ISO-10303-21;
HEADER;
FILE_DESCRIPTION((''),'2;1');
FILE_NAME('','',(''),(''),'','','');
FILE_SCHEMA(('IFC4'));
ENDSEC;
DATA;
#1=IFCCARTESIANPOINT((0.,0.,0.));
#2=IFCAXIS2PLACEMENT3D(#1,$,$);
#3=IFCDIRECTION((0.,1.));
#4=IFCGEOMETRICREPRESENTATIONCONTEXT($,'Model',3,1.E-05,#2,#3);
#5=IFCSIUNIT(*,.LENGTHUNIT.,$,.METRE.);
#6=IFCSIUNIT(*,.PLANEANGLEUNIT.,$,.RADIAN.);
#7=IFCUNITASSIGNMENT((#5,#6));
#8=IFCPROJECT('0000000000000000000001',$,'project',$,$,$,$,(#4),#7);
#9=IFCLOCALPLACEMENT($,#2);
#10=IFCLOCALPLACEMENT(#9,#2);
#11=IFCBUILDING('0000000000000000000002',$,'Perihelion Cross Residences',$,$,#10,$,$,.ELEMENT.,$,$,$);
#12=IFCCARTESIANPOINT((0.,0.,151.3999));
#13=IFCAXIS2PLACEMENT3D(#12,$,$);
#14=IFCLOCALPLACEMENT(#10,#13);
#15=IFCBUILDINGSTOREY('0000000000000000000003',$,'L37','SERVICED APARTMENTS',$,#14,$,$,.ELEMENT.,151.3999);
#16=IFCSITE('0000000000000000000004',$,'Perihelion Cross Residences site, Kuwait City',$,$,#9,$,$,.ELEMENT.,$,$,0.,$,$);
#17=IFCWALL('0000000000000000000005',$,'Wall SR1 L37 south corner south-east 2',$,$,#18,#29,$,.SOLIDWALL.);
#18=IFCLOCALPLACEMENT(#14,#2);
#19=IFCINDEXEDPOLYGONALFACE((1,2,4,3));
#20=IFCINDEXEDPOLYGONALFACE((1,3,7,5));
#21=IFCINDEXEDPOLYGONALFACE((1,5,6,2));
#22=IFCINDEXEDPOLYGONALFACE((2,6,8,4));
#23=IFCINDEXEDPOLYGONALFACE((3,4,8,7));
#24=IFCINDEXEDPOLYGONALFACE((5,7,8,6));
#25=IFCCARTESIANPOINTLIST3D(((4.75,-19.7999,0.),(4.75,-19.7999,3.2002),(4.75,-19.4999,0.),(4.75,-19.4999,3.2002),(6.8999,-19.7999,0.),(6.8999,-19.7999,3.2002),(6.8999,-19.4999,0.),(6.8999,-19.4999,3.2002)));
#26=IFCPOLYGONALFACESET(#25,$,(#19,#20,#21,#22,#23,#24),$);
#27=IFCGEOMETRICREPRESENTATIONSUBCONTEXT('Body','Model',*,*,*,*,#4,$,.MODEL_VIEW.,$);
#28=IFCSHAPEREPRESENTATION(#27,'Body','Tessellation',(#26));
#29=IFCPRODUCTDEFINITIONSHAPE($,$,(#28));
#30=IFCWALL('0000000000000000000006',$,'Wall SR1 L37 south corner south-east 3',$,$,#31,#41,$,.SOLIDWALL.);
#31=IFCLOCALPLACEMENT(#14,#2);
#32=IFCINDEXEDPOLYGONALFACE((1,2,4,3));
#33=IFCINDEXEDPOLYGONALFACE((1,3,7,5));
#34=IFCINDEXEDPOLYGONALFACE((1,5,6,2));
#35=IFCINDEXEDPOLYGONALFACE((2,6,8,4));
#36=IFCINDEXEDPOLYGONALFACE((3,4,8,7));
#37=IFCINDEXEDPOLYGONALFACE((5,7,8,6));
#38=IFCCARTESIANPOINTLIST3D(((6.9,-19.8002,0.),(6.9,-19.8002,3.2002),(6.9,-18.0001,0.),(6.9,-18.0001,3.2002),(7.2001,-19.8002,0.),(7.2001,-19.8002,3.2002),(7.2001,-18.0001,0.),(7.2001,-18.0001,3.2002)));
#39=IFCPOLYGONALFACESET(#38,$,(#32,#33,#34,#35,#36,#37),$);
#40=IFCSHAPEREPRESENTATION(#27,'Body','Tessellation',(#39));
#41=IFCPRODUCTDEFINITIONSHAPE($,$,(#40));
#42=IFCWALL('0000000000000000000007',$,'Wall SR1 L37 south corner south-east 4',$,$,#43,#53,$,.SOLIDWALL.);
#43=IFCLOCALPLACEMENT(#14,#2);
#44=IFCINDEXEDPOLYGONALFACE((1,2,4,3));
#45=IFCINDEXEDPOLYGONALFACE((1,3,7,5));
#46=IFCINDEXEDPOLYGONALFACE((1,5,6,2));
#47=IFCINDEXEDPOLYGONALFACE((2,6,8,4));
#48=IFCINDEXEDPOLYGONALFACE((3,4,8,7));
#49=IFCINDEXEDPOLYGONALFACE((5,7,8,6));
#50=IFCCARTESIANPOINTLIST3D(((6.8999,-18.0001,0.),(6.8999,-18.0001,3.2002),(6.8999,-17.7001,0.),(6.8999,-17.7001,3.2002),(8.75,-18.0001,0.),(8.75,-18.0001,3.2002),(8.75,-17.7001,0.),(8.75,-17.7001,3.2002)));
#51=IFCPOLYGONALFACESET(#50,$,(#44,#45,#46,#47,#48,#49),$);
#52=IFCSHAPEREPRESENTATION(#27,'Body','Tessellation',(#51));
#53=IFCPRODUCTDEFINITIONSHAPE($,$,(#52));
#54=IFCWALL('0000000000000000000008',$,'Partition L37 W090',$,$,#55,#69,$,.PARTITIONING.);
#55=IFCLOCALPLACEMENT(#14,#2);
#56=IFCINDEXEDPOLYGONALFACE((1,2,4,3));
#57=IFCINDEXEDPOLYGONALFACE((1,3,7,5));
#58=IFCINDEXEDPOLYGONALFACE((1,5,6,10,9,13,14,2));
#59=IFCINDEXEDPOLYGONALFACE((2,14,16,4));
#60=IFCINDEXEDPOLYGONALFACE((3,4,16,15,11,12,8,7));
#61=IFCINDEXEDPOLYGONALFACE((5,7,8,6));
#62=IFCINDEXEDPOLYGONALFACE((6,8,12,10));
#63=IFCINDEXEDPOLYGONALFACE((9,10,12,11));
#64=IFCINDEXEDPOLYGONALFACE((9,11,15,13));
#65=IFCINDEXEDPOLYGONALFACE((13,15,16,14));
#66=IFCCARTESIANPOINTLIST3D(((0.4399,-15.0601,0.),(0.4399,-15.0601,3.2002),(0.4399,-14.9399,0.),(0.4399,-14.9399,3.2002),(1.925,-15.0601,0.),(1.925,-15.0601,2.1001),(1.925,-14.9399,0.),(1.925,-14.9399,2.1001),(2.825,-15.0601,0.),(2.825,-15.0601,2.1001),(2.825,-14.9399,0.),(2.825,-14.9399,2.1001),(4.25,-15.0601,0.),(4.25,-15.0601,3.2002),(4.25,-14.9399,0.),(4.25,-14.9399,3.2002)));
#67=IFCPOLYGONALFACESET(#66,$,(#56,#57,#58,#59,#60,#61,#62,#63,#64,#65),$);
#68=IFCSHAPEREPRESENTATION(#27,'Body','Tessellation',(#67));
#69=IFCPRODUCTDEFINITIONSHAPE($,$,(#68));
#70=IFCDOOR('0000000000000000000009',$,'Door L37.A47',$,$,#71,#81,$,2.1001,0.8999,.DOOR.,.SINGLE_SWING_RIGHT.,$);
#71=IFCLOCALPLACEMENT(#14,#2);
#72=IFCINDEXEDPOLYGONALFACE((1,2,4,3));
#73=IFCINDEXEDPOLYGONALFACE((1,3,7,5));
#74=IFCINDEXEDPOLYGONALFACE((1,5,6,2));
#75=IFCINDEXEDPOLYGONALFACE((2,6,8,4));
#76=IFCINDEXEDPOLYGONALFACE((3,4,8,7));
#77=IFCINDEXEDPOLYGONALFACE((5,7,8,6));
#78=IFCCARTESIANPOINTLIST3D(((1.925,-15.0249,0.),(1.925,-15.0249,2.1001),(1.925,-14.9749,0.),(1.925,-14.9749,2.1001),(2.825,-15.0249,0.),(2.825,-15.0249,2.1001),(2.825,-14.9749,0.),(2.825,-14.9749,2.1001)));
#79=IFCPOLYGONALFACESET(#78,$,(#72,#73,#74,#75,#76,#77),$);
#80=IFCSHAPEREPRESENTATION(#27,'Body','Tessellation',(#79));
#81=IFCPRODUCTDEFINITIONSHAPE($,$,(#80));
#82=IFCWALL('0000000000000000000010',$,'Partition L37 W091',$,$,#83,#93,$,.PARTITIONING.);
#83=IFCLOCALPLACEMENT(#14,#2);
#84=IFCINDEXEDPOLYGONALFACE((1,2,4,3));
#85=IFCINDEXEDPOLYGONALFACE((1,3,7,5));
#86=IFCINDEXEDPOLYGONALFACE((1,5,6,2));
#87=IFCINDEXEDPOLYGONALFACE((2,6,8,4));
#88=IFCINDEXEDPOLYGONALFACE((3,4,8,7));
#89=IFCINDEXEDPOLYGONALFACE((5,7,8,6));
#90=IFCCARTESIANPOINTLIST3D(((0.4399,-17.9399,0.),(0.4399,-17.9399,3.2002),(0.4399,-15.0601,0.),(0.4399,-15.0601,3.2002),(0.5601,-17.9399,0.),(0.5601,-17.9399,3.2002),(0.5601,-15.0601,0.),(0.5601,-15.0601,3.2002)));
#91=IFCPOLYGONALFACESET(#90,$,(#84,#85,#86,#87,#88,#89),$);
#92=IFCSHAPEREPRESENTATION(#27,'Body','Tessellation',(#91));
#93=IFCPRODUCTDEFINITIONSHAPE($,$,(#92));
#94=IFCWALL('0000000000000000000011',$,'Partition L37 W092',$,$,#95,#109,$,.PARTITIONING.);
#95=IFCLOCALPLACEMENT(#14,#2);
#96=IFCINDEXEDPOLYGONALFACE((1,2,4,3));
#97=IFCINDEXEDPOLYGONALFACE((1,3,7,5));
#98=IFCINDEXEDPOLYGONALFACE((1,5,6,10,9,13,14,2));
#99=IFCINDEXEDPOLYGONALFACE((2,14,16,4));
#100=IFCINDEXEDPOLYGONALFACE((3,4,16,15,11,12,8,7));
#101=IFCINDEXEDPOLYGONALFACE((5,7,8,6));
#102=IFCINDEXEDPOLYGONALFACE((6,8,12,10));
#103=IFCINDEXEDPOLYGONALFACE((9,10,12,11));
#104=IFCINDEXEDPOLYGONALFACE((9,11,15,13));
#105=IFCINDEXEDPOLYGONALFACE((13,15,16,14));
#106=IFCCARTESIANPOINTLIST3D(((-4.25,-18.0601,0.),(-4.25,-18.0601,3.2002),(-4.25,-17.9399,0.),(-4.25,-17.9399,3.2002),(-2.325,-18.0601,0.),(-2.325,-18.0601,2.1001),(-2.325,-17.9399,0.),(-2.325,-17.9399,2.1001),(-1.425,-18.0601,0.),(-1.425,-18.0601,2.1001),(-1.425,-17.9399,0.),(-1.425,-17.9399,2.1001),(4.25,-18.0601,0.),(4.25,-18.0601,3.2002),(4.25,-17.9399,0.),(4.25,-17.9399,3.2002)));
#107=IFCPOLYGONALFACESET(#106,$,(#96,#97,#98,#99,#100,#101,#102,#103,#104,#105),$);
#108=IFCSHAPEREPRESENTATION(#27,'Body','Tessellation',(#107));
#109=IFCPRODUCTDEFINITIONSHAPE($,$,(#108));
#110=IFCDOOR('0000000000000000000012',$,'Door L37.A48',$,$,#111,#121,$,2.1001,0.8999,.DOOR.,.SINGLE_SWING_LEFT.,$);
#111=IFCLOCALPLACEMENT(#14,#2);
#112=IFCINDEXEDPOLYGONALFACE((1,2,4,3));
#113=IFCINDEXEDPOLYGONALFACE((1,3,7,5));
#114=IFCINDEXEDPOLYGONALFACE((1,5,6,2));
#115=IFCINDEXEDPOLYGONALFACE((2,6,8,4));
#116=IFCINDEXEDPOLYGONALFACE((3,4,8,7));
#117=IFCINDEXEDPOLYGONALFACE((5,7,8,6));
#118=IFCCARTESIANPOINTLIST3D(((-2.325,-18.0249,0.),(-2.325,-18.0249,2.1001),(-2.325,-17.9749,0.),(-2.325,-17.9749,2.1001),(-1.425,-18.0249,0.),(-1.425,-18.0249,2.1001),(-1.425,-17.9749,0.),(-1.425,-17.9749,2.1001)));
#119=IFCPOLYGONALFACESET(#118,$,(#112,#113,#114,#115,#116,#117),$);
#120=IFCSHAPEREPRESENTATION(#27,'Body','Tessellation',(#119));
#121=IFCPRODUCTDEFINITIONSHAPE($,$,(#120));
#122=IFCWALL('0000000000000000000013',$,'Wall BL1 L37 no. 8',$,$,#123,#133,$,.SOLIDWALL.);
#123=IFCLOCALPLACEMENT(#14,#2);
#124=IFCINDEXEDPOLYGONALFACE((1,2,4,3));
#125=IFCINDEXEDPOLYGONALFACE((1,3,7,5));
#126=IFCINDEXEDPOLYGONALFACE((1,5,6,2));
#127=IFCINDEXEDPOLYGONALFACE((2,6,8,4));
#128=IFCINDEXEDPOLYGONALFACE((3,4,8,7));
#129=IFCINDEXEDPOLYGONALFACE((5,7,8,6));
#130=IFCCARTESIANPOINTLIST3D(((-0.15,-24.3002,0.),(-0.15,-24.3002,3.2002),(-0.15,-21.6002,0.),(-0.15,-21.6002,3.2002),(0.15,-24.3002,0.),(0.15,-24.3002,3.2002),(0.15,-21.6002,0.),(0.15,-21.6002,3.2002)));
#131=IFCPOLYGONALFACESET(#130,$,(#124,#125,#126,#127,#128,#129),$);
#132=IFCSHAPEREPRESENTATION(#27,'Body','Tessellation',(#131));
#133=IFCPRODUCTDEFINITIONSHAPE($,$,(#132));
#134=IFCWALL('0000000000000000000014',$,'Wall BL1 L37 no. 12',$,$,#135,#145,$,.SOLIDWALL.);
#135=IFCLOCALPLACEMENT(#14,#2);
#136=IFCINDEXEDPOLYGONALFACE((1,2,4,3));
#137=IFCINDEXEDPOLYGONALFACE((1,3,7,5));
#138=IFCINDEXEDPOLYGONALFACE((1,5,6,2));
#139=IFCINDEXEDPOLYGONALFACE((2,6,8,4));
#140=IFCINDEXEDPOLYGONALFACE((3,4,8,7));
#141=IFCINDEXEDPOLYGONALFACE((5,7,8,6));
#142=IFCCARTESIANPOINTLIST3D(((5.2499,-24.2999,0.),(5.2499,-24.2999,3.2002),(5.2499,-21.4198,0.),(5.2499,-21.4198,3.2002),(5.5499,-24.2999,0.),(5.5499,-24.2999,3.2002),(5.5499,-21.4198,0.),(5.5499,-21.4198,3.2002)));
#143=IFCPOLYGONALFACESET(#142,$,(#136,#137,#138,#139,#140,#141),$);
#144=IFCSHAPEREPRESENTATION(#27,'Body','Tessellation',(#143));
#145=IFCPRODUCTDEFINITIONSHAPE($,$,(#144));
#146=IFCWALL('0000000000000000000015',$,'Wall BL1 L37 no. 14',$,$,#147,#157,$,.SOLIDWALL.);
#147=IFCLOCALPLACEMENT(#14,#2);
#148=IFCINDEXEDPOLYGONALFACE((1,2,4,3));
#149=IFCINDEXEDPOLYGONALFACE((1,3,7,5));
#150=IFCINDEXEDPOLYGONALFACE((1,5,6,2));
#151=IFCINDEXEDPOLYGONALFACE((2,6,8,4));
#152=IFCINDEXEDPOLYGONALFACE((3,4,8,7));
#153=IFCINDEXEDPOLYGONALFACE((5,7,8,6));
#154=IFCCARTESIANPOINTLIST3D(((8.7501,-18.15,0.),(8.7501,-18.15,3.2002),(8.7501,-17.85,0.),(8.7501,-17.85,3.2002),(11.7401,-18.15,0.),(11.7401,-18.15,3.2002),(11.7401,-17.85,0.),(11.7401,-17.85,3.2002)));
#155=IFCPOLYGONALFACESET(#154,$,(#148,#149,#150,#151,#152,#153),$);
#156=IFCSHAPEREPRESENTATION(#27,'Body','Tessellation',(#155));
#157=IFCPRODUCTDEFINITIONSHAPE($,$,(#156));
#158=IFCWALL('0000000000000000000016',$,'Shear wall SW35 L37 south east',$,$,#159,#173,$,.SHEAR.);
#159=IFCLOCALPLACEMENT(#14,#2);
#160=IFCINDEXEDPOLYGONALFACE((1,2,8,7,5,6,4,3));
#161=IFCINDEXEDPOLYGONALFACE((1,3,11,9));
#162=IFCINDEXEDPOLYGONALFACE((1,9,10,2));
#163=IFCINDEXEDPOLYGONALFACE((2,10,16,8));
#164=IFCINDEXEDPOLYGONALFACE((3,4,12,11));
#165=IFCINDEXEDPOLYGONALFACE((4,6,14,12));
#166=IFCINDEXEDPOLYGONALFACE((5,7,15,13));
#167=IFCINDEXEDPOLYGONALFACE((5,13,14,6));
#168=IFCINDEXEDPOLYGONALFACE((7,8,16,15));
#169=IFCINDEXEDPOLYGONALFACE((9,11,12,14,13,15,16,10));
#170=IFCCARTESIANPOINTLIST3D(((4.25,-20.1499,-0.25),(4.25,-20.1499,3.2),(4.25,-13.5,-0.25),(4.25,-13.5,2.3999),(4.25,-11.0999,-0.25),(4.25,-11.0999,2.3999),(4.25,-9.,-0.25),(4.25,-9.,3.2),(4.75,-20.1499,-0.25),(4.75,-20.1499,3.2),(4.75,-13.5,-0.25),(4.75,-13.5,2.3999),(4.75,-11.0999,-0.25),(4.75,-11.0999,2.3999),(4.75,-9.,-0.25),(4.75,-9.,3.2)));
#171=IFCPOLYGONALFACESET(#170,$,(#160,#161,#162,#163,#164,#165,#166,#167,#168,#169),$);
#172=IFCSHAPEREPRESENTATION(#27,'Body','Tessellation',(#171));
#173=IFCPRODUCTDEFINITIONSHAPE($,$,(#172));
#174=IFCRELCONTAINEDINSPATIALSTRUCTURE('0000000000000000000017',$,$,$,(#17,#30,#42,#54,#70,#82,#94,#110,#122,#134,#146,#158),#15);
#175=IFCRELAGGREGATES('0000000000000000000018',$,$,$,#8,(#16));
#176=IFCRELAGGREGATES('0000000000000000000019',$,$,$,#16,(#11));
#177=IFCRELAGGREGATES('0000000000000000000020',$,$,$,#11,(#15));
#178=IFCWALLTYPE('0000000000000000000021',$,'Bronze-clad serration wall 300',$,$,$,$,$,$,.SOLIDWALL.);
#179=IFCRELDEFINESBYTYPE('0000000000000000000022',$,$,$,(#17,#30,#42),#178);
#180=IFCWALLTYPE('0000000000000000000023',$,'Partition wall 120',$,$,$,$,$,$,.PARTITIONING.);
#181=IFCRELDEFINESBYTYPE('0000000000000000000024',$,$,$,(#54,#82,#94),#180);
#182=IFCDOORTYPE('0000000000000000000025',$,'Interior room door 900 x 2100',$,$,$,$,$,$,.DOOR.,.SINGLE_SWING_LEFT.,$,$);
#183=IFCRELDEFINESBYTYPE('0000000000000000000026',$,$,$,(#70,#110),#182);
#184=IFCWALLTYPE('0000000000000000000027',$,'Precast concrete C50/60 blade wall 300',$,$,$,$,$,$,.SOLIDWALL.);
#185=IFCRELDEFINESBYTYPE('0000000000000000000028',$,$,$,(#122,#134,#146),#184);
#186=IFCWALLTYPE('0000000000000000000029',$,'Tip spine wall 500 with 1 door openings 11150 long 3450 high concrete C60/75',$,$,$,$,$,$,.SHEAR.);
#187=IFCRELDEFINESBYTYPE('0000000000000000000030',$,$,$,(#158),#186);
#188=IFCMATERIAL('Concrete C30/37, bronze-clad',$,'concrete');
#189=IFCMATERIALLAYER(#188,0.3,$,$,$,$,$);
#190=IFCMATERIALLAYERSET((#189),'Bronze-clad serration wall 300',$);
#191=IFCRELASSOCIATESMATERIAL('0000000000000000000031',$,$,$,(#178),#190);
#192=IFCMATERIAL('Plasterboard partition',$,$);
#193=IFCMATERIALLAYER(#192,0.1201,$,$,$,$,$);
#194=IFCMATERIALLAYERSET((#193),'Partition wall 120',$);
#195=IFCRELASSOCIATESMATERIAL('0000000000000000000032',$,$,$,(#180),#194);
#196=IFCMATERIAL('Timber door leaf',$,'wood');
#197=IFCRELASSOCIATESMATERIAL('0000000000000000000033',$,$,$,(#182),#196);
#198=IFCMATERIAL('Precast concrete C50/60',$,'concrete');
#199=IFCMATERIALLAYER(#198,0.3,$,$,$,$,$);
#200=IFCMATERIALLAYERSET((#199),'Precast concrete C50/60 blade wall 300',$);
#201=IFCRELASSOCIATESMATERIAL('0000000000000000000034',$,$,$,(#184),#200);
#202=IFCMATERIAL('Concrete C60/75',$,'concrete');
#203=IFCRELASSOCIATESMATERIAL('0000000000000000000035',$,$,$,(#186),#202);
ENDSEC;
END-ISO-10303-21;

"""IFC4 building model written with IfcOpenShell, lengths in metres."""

from ifc_helpers import new_model, si_unit, direction, frame, frame_2d, origin, place, context, subcontext, project, spatial, polyline, rectangle, outline, extrude, material, layer, layer_set, material_profile, profile_set, type_object, element, fill, save


model = new_model("IFC4")

# Units and contexts
model_context = context("Model", 3, precision=1e-05, world=origin(), true_north=direction((0.0, 1.0)))
body_context = subcontext(model_context, "Body", "Model", "MODEL_VIEW")
ifc_project = project(units=[si_unit("LENGTHUNIT", "METRE"), si_unit("PLANEANGLEUNIT", "RADIAN")], contexts=[model_context])

# Site, building, storey
site_placement = place(None, origin())
site = spatial("IfcSite", under=ifc_project, at=site_placement, Name="Perihelion Cross Residences site, Kuwait City", CompositionType="ELEMENT", RefElevation=0.0)
building_placement = place(site_placement, origin())
building = spatial("IfcBuilding", under=site, at=building_placement, Name="Perihelion Cross Residences", CompositionType="ELEMENT")
storey_placement = place(building_placement, frame((0.0, 0.0, 151.3999)))
storey = spatial("IfcBuildingStorey", under=building, at=storey_placement, Name="L37", Description="SERVICED APARTMENTS", CompositionType="ELEMENT", Elevation=151.3999)

# Walls
ifc_material_1 = material(Name="Concrete C30/37, bronze-clad", Category="concrete")
ifc_layer_1 = layer(ifc_material_1, 0.3)
ifc_layer_set_1 = layer_set([ifc_layer_1], Name="Bronze-clad serration wall 300")
wall_type_1 = type_object("IfcWallType", Name="Bronze-clad serration wall 300", PredefinedType="SOLIDWALL", material=ifc_layer_set_1)
wall_1_placement = place(storey_placement, frame((4.75, -19.6499, 0.0), z_axis=(0.0, 0.0, 1.0), x_axis=(1.0, 0.0, 0.0)))
element("IfcWall", 1, at=wall_1_placement, inside=storey, type_object=wall_type_1, Name="Wall SR1 L37 south corner south-east 2", PredefinedType="SOLIDWALL", context=body_context, shape_type="SweptSolid", body=[
    extrude(rectangle(XDim=2.1499, YDim=0.3, at=frame_2d((1.075, 0.0))), origin(), (0.0, 0.0, 1.0), 3.2002),
])
wall_2_placement = place(storey_placement, frame((7.05, -19.8, 0.0), z_axis=(0.0, 0.0, 1.0), x_axis=(0.0, 1.0, 0.0)))
element("IfcWall", 2, at=wall_2_placement, inside=storey, type_object=wall_type_1, Name="Wall SR1 L37 south corner south-east 3", PredefinedType="SOLIDWALL", context=body_context, shape_type="SweptSolid", body=[
    extrude(rectangle(XDim=1.8, YDim=0.3, at=frame_2d((0.8999, 0.0))), origin(), (0.0, 0.0, 1.0), 3.2002),
])
wall_3_placement = place(storey_placement, frame((6.8999, -17.8501, 0.0), z_axis=(0.0, 0.0, 1.0), x_axis=(1.0, 0.0, 0.0)))
element("IfcWall", 3, at=wall_3_placement, inside=storey, type_object=wall_type_1, Name="Wall SR1 L37 south corner south-east 4", PredefinedType="SOLIDWALL", context=body_context, shape_type="SweptSolid", body=[
    extrude(rectangle(XDim=1.8501, YDim=0.3, at=frame_2d((0.925, 0.0))), origin(), (0.0, 0.0, 1.0), 3.2002),
])

# Wall, opening, door
ifc_material_2 = material(Name="Plasterboard partition")
ifc_layer_2 = layer(ifc_material_2, 0.1201)
ifc_layer_set_2 = layer_set([ifc_layer_2], Name="Partition wall 120")
wall_type_2 = type_object("IfcWallType", Name="Partition wall 120", PredefinedType="PARTITIONING", material=ifc_layer_set_2)
wall_4_placement = place(storey_placement, frame((4.25, -15.0, 0.0), z_axis=(0.0, 0.0, 1.0), x_axis=(-1.0, 0.0, 0.0)))
wall_4 = element("IfcWall", 4, at=wall_4_placement, inside=storey, type_object=wall_type_2, Name="Partition L37 W090", PredefinedType="PARTITIONING", context=body_context, shape_type="SweptSolid", body=[
    extrude(rectangle(XDim=3.8101, YDim=0.1201, at=frame_2d((1.905, 0.0))), origin(), (0.0, 0.0, 1.0), 3.2002),
])
opening_1_placement = place(wall_4_placement, frame((1.425, 0.0, 0.0)))
opening_1 = element("IfcOpeningElement", 5, at=opening_1_placement, cuts=wall_4, PredefinedType="OPENING", context=body_context, shape_type="SweptSolid", body=[
    extrude(rectangle(XDim=0.8999, YDim=2.1001, at=frame_2d((0.45, 1.05))), frame((0.0, 0.0701, 0.0), z_axis=(0.0, -1.0, 0.0), x_axis=(1.0, 0.0, 0.0)), (0.0, 0.0, 1.0), 0.1401),
])
ifc_material_3 = material(Name="Timber door leaf", Category="wood")
door_type_1 = type_object("IfcDoorType", Name="Interior room door 900 x 2100", OperationType="SINGLE_SWING_LEFT", PredefinedType="DOOR", material=ifc_material_3)
door_1_placement = place(opening_1_placement, origin())
door_1 = element("IfcDoor", 6, at=door_1_placement, inside=storey, type_object=door_type_1, Name="Door L37.A47", OperationType="SINGLE_SWING_RIGHT", OverallHeight=2.1001, OverallWidth=0.8999, PredefinedType="DOOR", context=body_context, shape_type="SweptSolid", body=[
    extrude(rectangle(XDim=0.8999, YDim=2.1001, at=frame_2d((0.45, 1.05))), frame((0.0, 0.0249, 0.0), z_axis=(0.0, -1.0, 0.0), x_axis=(1.0, 0.0, 0.0)), (0.0, 0.0, 1.0), 0.05),
])
fill(opening_1, door_1)

# Wall
wall_5_placement = place(storey_placement, frame((0.5, -15.0601, 0.0), z_axis=(0.0, 0.0, 1.0), x_axis=(0.0, -1.0, 0.0)))
element("IfcWall", 7, at=wall_5_placement, inside=storey, type_object=wall_type_2, Name="Partition L37 W091", PredefinedType="PARTITIONING", context=body_context, shape_type="SweptSolid", body=[
    extrude(rectangle(XDim=2.8799, YDim=0.1201, at=frame_2d((1.4399, 0.0))), origin(), (0.0, 0.0, 1.0), 3.2002),
])

# Wall, opening, door
wall_6_placement = place(storey_placement, frame((4.25, -18.0, 0.0), z_axis=(0.0, 0.0, 1.0), x_axis=(-1.0, 0.0, 0.0)))
wall_6 = element("IfcWall", 8, at=wall_6_placement, inside=storey, type_object=wall_type_2, Name="Partition L37 W092", PredefinedType="PARTITIONING", context=body_context, shape_type="SweptSolid", body=[
    extrude(rectangle(XDim=8.5, YDim=0.1201, at=frame_2d((4.25, 0.0))), origin(), (0.0, 0.0, 1.0), 3.2002),
])
opening_2_placement = place(wall_6_placement, frame((5.675, 0.0, 0.0)))
opening_2 = element("IfcOpeningElement", 9, at=opening_2_placement, cuts=wall_6, PredefinedType="OPENING", context=body_context, shape_type="SweptSolid", body=[
    extrude(rectangle(XDim=0.8999, YDim=2.1001, at=frame_2d((0.45, 1.05))), frame((0.0, 0.0701, 0.0), z_axis=(0.0, -1.0, 0.0), x_axis=(1.0, 0.0, 0.0)), (0.0, 0.0, 1.0), 0.1401),
])
door_2_placement = place(opening_2_placement, origin())
door_2 = element("IfcDoor", 10, at=door_2_placement, inside=storey, type_object=door_type_1, Name="Door L37.A48", OperationType="SINGLE_SWING_LEFT", OverallHeight=2.1001, OverallWidth=0.8999, PredefinedType="DOOR", context=body_context, shape_type="SweptSolid", body=[
    extrude(rectangle(XDim=0.8999, YDim=2.1001, at=frame_2d((0.45, 1.05))), frame((0.0, 0.0249, 0.0), z_axis=(0.0, -1.0, 0.0), x_axis=(1.0, 0.0, 0.0)), (0.0, 0.0, 1.0), 0.05),
])
fill(opening_2, door_2)

# Walls
ifc_material_4 = material(Name="Precast concrete C50/60", Category="concrete")
ifc_layer_3 = layer(ifc_material_4, 0.3)
ifc_layer_set_3 = layer_set([ifc_layer_3], Name="Precast concrete C50/60 blade wall 300")
wall_type_3 = type_object("IfcWallType", Name="Precast concrete C50/60 blade wall 300", PredefinedType="SOLIDWALL", material=ifc_layer_set_3)
wall_7_placement = place(storey_placement, frame((0.0, -21.6001, 0.0), z_axis=(0.0, 0.0, 1.0), x_axis=(0.0, -1.0, 0.0)))
element("IfcWall", 11, at=wall_7_placement, inside=storey, type_object=wall_type_3, Name="Wall BL1 L37 no. 8", PredefinedType="SOLIDWALL", context=body_context, shape_type="SweptSolid", body=[
    extrude(rectangle(XDim=2.7, YDim=0.3, at=frame_2d((1.3501, 0.0))), origin(), (0.0, 0.0, 1.0), 3.2002),
])
wall_8_placement = place(storey_placement, frame((5.3999, -21.4199, 0.0), z_axis=(0.0, 0.0, 1.0), x_axis=(0.0, -1.0, 0.0)))
element("IfcWall", 12, at=wall_8_placement, inside=storey, type_object=wall_type_3, Name="Wall BL1 L37 no. 12", PredefinedType="SOLIDWALL", context=body_context, shape_type="SweptSolid", body=[
    extrude(rectangle(XDim=2.8801, YDim=0.3, at=frame_2d((1.4399, 0.0))), origin(), (0.0, 0.0, 1.0), 3.2002),
])
wall_9_placement = place(storey_placement, frame((8.75, -18.0, 0.0), z_axis=(0.0, 0.0, 1.0), x_axis=(1.0, 0.0, 0.0)))
element("IfcWall", 13, at=wall_9_placement, inside=storey, type_object=wall_type_3, Name="Wall BL1 L37 no. 14", PredefinedType="SOLIDWALL", context=body_context, shape_type="SweptSolid", body=[
    extrude(rectangle(XDim=2.99, YDim=0.3, at=frame_2d((1.4951, 0.0))), origin(), (0.0, 0.0, 1.0), 3.2002),
])
ifc_material_5 = material(Name="Concrete C60/75", Category="concrete")
ifc_material_profile_1 = material_profile(ifc_material_5, outline(polyline([(0.0, 0.0), (6.6499, 0.0), (6.6499, 2.6499), (9.05, 2.6499), (9.05, 0.0), (11.1499, 0.0), (11.1499, 3.45), (0.0, 3.45), (0.0, 0.0)])), Name="Tip spine wall")
ifc_profile_set_1 = profile_set([ifc_material_profile_1], Name="Concrete C60/75")
wall_type_4 = type_object("IfcWallType", Name="Tip spine wall 500 with 1 door openings 11150 long 3450 high concrete C60/75", PredefinedType="SHEAR", material=ifc_profile_set_1)
wall_10_placement = place(storey_placement, frame((4.25, -20.1499, -0.25), z_axis=(1.0, 0.0, 0.0), x_axis=(0.0, 1.0, 0.0)))
element("IfcWall", 14, at=wall_10_placement, inside=storey, type_object=wall_type_4, Name="Shear wall SW35 L37 south east", PredefinedType="SHEAR", context=body_context, shape_type="SweptSolid", body=[
    extrude(outline(polyline([(0.0, 0.0), (6.6499, 0.0), (6.6499, 2.6499), (9.05, 2.6499), (9.05, 0.0), (11.1499, 0.0), (11.1499, 3.45), (0.0, 3.45), (0.0, 0.0)])), origin(), (0.0, 0.0, 1.0), 0.5),
])

save(model, "model.ifc")
